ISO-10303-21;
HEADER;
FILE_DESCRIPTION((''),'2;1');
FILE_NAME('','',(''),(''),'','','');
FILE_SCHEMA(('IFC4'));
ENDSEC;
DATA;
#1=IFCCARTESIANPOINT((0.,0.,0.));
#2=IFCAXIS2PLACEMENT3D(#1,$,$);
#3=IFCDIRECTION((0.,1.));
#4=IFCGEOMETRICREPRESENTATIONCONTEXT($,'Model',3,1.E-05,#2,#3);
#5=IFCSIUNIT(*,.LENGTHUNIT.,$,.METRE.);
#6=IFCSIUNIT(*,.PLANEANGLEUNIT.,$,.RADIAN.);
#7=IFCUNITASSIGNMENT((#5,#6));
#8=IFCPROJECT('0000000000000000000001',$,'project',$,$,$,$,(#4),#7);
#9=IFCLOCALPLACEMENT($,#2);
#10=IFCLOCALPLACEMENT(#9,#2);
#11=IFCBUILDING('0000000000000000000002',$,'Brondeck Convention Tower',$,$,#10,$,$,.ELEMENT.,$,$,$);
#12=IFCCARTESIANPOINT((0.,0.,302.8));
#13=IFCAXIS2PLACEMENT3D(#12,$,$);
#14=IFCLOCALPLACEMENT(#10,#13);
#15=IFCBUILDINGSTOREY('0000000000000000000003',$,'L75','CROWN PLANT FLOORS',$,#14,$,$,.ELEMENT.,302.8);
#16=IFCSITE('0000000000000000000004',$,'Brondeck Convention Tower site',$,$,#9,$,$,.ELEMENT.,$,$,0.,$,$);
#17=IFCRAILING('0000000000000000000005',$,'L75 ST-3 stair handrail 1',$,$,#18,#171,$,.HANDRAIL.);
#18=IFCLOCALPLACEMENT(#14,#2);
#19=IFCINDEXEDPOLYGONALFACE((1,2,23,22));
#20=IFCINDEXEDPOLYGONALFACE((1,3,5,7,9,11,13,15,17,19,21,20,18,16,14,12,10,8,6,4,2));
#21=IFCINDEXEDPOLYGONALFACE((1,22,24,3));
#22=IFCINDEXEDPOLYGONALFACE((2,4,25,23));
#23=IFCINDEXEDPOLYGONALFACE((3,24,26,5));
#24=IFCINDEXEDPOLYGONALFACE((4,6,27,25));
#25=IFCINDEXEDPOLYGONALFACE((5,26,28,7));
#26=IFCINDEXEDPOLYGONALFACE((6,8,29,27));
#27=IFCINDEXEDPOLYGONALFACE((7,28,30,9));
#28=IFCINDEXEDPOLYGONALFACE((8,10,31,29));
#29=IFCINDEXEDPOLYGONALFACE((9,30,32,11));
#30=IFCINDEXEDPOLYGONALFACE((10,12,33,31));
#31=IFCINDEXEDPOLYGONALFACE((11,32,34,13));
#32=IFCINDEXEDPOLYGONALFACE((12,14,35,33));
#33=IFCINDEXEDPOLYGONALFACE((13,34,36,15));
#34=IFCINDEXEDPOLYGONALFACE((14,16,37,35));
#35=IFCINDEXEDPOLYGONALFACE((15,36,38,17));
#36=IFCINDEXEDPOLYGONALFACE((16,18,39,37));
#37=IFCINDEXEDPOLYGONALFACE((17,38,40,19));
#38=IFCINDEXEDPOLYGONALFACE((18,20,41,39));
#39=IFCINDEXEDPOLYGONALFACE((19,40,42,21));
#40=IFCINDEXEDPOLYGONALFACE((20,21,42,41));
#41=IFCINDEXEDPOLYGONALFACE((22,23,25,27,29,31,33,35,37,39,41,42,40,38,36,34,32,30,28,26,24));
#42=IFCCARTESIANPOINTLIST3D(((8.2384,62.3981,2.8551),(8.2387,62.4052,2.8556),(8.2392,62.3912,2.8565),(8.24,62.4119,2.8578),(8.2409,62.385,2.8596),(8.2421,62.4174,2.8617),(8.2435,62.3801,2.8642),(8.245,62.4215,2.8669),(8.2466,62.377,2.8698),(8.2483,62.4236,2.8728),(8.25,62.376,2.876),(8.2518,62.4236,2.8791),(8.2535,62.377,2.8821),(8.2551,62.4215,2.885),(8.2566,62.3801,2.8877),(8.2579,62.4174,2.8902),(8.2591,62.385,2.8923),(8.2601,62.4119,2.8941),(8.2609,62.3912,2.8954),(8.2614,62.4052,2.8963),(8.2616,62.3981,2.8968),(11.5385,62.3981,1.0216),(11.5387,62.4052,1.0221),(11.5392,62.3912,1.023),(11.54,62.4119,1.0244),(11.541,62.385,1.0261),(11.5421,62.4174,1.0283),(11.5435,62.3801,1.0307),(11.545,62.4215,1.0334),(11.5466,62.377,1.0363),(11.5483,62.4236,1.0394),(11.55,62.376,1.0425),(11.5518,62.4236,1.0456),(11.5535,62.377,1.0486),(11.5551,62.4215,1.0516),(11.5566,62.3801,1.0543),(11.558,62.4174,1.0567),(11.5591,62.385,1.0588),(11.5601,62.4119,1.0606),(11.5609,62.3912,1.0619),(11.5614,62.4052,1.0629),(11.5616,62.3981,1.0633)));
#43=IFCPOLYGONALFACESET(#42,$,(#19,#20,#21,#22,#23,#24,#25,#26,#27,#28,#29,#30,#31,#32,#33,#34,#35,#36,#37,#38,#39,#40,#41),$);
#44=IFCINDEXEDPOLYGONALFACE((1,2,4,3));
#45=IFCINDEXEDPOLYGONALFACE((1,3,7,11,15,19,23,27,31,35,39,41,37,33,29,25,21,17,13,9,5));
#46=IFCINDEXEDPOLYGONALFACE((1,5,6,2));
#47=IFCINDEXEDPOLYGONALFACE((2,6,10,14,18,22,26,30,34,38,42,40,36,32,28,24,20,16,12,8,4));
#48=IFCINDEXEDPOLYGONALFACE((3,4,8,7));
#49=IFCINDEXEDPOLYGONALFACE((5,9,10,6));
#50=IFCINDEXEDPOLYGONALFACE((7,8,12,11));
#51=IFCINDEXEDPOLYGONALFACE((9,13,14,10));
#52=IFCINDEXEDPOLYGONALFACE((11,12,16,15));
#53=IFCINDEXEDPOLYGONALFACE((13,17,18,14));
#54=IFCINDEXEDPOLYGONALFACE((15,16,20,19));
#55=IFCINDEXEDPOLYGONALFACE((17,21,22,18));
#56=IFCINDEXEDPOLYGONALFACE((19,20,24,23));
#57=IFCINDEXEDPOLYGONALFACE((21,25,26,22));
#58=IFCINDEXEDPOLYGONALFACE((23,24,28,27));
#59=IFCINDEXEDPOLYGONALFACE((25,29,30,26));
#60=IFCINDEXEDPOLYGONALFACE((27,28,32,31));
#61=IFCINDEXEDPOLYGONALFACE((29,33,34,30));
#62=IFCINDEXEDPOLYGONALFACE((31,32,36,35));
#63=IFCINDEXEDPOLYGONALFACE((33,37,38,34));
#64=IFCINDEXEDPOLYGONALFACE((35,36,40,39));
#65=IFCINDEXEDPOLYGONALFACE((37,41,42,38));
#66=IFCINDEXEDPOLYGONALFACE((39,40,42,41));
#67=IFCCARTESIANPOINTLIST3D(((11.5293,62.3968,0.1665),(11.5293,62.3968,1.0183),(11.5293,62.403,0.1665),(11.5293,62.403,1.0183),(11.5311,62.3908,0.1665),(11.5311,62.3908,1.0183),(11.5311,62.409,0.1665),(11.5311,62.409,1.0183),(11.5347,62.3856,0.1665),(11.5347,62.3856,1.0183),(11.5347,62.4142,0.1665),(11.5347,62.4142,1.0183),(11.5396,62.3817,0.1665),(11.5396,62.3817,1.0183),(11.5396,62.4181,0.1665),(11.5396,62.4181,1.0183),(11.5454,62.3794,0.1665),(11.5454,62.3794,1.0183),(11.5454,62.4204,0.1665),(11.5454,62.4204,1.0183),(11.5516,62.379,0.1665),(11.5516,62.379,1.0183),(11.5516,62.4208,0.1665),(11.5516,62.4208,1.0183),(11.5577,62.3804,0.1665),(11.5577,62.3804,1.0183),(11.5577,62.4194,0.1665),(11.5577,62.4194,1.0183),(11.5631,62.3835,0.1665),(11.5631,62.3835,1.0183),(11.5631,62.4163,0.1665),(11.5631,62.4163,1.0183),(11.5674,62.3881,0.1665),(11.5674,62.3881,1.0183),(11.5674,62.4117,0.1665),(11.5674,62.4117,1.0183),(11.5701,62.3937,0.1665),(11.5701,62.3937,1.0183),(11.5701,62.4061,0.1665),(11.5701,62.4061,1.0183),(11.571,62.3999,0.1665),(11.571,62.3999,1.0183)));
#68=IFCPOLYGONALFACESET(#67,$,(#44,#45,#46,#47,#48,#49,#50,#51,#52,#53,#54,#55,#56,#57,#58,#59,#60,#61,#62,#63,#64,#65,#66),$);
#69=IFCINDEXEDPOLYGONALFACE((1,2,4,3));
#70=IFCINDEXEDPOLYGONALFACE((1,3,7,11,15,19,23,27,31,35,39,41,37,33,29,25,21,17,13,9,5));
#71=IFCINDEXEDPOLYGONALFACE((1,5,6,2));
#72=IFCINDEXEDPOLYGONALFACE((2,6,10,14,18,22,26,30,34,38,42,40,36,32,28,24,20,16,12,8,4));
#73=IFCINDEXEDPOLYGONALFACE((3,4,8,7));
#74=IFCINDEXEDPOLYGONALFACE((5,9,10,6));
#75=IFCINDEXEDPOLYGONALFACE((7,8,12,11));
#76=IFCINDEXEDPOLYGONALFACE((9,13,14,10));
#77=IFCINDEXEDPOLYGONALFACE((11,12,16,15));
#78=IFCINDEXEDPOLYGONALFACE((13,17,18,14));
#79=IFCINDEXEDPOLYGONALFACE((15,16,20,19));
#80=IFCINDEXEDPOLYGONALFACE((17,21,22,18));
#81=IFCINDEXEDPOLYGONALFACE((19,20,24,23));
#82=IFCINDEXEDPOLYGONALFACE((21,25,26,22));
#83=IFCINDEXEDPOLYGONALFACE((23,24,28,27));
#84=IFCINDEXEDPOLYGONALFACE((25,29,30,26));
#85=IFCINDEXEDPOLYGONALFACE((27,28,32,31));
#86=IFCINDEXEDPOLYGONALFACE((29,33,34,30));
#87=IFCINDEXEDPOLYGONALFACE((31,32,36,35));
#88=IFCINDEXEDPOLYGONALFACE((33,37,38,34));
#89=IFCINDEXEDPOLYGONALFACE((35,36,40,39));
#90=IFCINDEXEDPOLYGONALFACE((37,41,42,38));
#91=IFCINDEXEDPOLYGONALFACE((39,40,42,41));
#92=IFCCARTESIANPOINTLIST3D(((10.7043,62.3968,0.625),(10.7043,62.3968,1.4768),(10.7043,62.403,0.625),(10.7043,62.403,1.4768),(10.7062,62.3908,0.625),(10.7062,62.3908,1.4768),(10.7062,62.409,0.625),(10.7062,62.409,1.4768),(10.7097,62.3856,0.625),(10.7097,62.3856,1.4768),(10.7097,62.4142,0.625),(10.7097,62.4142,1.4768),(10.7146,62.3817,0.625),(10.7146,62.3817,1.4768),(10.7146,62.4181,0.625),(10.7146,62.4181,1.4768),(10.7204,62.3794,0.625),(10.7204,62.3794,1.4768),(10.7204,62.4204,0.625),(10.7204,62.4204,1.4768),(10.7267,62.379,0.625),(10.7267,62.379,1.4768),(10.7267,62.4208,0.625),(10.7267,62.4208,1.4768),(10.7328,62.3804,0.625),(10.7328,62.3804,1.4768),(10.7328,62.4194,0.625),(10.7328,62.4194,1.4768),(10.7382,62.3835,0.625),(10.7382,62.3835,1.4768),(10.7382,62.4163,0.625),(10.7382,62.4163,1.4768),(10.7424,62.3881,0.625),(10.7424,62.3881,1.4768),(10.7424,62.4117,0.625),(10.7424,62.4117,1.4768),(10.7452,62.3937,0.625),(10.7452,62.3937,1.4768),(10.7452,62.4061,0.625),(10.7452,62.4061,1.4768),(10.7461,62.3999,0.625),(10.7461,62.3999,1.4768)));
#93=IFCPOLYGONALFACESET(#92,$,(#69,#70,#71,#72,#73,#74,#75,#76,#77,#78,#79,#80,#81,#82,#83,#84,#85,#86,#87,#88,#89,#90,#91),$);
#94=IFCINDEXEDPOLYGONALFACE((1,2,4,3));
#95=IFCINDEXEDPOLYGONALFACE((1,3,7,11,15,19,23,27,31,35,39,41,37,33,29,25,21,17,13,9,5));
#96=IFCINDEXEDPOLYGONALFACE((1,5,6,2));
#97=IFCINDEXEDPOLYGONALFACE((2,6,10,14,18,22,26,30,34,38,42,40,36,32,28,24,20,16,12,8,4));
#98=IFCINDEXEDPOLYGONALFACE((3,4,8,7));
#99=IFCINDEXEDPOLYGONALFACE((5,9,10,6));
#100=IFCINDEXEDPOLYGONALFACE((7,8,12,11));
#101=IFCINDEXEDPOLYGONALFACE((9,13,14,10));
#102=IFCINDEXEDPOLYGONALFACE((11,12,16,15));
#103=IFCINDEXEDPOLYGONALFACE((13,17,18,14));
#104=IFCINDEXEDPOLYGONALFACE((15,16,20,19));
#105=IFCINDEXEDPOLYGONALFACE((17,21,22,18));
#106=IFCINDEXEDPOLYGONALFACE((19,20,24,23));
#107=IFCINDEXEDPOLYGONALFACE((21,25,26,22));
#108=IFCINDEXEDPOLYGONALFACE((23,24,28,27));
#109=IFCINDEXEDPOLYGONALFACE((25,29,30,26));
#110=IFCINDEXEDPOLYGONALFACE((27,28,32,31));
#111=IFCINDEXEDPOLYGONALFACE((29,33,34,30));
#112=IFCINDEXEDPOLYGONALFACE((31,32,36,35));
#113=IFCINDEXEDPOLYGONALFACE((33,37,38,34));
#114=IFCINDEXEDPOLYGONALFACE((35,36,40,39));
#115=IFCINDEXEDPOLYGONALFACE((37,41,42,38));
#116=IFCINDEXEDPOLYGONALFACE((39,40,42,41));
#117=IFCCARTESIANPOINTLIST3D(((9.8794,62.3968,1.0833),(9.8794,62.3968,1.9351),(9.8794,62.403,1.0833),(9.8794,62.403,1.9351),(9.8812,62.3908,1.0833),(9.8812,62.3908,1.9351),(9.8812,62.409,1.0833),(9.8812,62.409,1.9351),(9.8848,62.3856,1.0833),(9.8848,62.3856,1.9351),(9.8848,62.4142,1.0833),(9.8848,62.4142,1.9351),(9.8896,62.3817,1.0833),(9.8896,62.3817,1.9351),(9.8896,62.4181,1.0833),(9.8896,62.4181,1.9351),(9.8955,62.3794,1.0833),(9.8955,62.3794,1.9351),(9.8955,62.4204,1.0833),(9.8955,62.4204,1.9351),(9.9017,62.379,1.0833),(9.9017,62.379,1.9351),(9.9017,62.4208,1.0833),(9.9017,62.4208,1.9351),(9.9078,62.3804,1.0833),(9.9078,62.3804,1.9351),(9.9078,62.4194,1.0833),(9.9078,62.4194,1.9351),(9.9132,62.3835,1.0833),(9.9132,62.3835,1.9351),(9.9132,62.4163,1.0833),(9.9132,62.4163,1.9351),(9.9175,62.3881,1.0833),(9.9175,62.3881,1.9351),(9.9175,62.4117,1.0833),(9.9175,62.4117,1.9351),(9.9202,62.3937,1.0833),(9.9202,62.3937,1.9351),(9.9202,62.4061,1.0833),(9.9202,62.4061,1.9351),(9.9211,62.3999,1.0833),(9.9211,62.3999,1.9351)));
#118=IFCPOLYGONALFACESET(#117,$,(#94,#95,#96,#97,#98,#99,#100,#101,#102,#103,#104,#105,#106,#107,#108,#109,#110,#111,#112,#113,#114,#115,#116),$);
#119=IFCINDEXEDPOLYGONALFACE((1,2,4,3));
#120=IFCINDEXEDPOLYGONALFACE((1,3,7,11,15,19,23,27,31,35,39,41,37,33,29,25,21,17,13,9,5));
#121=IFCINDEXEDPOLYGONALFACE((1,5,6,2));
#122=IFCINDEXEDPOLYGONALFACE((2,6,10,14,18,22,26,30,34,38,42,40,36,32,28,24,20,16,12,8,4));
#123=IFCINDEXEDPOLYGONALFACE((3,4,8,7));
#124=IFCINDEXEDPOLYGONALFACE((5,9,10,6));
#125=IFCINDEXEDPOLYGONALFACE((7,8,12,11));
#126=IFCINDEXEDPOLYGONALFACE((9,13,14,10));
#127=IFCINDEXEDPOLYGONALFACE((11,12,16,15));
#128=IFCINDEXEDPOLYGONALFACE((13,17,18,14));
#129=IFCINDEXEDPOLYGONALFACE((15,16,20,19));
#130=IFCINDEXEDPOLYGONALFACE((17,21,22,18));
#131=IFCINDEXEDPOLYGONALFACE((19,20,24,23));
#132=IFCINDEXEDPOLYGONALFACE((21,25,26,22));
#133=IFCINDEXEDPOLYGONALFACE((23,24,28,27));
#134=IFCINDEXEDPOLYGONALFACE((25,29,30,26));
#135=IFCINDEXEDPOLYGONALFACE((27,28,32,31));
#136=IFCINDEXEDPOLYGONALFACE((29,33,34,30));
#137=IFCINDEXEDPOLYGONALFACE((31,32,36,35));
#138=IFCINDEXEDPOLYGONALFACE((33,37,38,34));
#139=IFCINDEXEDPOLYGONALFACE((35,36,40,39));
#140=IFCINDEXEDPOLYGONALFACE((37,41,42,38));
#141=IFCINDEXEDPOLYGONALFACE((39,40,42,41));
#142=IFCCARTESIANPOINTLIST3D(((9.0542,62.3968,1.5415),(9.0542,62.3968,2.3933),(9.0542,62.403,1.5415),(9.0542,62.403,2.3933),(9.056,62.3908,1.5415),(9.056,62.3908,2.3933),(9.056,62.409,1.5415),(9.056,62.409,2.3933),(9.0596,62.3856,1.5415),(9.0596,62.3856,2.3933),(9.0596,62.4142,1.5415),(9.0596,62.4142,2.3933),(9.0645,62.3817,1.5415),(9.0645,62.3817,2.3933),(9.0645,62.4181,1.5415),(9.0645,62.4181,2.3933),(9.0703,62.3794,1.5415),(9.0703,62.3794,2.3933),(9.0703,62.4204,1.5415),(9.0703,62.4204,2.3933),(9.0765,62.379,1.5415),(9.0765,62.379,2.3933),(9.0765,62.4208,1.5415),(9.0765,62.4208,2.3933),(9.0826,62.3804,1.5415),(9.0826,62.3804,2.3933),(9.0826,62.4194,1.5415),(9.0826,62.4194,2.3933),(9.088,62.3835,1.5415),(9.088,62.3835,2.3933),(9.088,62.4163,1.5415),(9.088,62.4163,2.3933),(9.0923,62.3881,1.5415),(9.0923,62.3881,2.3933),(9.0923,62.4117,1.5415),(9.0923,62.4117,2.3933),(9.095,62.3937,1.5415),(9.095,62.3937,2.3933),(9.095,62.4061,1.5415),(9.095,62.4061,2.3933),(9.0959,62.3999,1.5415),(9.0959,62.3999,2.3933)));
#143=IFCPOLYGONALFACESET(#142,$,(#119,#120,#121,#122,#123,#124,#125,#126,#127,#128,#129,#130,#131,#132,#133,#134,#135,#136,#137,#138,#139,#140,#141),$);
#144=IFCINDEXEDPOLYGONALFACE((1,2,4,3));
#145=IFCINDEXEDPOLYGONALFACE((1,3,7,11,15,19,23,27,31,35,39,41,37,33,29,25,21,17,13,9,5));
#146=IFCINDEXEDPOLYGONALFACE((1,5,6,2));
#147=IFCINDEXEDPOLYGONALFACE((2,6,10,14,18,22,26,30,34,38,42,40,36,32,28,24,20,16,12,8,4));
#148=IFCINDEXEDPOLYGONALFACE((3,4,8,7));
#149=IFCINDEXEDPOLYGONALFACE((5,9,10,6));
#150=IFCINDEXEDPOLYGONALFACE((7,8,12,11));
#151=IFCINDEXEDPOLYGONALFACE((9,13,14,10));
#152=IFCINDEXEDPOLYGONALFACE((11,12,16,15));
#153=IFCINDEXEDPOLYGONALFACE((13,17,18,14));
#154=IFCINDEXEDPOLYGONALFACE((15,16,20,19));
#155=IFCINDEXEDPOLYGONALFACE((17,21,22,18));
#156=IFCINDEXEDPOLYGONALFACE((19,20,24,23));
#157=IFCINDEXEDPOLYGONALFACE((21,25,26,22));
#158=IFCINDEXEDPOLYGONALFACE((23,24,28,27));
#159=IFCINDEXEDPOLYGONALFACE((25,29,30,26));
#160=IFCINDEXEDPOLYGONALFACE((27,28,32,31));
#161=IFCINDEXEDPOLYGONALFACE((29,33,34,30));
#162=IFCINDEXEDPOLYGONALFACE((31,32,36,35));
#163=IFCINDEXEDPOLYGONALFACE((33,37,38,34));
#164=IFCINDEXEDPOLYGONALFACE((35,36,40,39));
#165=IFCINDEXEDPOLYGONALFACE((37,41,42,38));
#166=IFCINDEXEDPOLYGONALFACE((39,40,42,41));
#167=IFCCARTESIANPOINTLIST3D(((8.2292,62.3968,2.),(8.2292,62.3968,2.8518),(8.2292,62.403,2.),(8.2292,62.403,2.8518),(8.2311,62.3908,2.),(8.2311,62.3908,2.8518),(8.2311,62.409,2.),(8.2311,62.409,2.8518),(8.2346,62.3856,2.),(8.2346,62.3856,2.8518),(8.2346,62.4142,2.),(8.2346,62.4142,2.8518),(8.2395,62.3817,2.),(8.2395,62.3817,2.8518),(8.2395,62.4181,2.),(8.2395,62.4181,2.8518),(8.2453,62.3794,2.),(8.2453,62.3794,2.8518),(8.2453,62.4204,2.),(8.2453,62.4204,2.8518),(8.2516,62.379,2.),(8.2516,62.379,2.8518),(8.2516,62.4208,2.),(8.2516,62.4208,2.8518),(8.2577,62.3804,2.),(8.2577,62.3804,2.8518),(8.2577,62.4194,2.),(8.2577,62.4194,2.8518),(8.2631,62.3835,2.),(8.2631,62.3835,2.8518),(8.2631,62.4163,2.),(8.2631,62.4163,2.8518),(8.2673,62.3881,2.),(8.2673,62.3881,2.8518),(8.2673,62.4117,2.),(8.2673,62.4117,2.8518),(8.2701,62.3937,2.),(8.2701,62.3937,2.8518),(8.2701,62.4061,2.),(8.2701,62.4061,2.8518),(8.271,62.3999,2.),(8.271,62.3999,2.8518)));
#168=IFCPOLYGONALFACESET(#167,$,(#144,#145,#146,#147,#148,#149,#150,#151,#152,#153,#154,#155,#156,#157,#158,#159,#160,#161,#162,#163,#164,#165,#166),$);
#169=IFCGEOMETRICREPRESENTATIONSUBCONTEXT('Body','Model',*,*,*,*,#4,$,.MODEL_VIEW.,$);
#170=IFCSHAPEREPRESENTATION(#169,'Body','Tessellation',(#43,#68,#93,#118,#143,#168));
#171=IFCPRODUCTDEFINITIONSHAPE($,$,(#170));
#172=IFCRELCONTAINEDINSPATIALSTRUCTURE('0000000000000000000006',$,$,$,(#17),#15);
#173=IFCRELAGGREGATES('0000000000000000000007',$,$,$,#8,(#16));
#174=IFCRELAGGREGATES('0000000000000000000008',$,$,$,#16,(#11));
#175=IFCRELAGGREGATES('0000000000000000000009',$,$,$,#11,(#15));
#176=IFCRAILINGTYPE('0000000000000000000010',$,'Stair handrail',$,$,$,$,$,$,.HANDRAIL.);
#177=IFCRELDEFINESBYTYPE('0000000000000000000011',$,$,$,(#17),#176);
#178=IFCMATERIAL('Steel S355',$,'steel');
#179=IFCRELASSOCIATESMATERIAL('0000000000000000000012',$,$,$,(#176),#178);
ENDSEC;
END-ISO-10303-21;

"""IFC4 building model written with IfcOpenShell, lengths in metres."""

from ifc_helpers import new_model, si_unit, direction, frame, origin, origin_2d, place, context, subcontext, project, spatial, circle, extrude, material, type_object, element, save


model = new_model("IFC4")

# Units and contexts
model_context = context("Model", 3, precision=1e-05, world=origin(), true_north=direction((0.0, 1.0)))
body_context = subcontext(model_context, "Body", "Model", "MODEL_VIEW")
ifc_project = project(units=[si_unit("LENGTHUNIT", "METRE"), si_unit("PLANEANGLEUNIT", "RADIAN")], contexts=[model_context])

# Site, building, storey
site_placement = place(None, origin())
site = spatial("IfcSite", under=ifc_project, at=site_placement, Name="Brondeck Convention Tower site", CompositionType="ELEMENT", RefElevation=0.0)
building_placement = place(site_placement, origin())
building = spatial("IfcBuilding", under=site, at=building_placement, Name="Brondeck Convention Tower", CompositionType="ELEMENT")
storey_placement = place(building_placement, frame((0.0, 0.0, 302.8)))
storey = spatial("IfcBuildingStorey", under=building, at=storey_placement, Name="L75", Description="CROWN PLANT FLOORS", CompositionType="ELEMENT", Elevation=302.8)

# Railing
ifc_material_1 = material(Name="Steel S355", Category="steel")
railing_type_1 = type_object("IfcRailingType", Name="Stair handrail", PredefinedType="HANDRAIL", material=ifc_material_1)
railing_1_placement = place(storey_placement, frame((11.55, 62.3999, 0.1665)))
element("IfcRailing", 1, at=railing_1_placement, inside=storey, type_object=railing_type_1, Name="L75 ST-3 stair handrail 1", PredefinedType="HANDRAIL", context=body_context, shape_type="SweptSolid", body=[
    extrude(circle(Radius=0.0239, at=origin_2d()), frame((0.0, 0.0, 0.876), z_axis=(-0.874142, 0.0, 0.48567), x_axis=(0.0, -1.0, 0.0)), (0.0, 0.0, 1.0), 3.7751),
    extrude(circle(Radius=0.021, at=origin_2d()), origin(), (0.0, 0.0, 1.0), 0.8518),
    extrude(circle(Radius=0.021, at=origin_2d()), frame((-0.825, 0.0, 0.4585)), (0.0, 0.0, 1.0), 0.8518),
    extrude(circle(Radius=0.021, at=origin_2d()), frame((-1.6499, 0.0, 0.9167)), (0.0, 0.0, 1.0), 0.8518),
    extrude(circle(Radius=0.021, at=origin_2d()), frame((-2.4751, 0.0, 1.375)), (0.0, 0.0, 1.0), 0.8518),
    extrude(circle(Radius=0.021, at=origin_2d()), frame((-3.3, 0.0, 1.8335)), (0.0, 0.0, 1.0), 0.8518),
])

save(model, "model.ifc")
